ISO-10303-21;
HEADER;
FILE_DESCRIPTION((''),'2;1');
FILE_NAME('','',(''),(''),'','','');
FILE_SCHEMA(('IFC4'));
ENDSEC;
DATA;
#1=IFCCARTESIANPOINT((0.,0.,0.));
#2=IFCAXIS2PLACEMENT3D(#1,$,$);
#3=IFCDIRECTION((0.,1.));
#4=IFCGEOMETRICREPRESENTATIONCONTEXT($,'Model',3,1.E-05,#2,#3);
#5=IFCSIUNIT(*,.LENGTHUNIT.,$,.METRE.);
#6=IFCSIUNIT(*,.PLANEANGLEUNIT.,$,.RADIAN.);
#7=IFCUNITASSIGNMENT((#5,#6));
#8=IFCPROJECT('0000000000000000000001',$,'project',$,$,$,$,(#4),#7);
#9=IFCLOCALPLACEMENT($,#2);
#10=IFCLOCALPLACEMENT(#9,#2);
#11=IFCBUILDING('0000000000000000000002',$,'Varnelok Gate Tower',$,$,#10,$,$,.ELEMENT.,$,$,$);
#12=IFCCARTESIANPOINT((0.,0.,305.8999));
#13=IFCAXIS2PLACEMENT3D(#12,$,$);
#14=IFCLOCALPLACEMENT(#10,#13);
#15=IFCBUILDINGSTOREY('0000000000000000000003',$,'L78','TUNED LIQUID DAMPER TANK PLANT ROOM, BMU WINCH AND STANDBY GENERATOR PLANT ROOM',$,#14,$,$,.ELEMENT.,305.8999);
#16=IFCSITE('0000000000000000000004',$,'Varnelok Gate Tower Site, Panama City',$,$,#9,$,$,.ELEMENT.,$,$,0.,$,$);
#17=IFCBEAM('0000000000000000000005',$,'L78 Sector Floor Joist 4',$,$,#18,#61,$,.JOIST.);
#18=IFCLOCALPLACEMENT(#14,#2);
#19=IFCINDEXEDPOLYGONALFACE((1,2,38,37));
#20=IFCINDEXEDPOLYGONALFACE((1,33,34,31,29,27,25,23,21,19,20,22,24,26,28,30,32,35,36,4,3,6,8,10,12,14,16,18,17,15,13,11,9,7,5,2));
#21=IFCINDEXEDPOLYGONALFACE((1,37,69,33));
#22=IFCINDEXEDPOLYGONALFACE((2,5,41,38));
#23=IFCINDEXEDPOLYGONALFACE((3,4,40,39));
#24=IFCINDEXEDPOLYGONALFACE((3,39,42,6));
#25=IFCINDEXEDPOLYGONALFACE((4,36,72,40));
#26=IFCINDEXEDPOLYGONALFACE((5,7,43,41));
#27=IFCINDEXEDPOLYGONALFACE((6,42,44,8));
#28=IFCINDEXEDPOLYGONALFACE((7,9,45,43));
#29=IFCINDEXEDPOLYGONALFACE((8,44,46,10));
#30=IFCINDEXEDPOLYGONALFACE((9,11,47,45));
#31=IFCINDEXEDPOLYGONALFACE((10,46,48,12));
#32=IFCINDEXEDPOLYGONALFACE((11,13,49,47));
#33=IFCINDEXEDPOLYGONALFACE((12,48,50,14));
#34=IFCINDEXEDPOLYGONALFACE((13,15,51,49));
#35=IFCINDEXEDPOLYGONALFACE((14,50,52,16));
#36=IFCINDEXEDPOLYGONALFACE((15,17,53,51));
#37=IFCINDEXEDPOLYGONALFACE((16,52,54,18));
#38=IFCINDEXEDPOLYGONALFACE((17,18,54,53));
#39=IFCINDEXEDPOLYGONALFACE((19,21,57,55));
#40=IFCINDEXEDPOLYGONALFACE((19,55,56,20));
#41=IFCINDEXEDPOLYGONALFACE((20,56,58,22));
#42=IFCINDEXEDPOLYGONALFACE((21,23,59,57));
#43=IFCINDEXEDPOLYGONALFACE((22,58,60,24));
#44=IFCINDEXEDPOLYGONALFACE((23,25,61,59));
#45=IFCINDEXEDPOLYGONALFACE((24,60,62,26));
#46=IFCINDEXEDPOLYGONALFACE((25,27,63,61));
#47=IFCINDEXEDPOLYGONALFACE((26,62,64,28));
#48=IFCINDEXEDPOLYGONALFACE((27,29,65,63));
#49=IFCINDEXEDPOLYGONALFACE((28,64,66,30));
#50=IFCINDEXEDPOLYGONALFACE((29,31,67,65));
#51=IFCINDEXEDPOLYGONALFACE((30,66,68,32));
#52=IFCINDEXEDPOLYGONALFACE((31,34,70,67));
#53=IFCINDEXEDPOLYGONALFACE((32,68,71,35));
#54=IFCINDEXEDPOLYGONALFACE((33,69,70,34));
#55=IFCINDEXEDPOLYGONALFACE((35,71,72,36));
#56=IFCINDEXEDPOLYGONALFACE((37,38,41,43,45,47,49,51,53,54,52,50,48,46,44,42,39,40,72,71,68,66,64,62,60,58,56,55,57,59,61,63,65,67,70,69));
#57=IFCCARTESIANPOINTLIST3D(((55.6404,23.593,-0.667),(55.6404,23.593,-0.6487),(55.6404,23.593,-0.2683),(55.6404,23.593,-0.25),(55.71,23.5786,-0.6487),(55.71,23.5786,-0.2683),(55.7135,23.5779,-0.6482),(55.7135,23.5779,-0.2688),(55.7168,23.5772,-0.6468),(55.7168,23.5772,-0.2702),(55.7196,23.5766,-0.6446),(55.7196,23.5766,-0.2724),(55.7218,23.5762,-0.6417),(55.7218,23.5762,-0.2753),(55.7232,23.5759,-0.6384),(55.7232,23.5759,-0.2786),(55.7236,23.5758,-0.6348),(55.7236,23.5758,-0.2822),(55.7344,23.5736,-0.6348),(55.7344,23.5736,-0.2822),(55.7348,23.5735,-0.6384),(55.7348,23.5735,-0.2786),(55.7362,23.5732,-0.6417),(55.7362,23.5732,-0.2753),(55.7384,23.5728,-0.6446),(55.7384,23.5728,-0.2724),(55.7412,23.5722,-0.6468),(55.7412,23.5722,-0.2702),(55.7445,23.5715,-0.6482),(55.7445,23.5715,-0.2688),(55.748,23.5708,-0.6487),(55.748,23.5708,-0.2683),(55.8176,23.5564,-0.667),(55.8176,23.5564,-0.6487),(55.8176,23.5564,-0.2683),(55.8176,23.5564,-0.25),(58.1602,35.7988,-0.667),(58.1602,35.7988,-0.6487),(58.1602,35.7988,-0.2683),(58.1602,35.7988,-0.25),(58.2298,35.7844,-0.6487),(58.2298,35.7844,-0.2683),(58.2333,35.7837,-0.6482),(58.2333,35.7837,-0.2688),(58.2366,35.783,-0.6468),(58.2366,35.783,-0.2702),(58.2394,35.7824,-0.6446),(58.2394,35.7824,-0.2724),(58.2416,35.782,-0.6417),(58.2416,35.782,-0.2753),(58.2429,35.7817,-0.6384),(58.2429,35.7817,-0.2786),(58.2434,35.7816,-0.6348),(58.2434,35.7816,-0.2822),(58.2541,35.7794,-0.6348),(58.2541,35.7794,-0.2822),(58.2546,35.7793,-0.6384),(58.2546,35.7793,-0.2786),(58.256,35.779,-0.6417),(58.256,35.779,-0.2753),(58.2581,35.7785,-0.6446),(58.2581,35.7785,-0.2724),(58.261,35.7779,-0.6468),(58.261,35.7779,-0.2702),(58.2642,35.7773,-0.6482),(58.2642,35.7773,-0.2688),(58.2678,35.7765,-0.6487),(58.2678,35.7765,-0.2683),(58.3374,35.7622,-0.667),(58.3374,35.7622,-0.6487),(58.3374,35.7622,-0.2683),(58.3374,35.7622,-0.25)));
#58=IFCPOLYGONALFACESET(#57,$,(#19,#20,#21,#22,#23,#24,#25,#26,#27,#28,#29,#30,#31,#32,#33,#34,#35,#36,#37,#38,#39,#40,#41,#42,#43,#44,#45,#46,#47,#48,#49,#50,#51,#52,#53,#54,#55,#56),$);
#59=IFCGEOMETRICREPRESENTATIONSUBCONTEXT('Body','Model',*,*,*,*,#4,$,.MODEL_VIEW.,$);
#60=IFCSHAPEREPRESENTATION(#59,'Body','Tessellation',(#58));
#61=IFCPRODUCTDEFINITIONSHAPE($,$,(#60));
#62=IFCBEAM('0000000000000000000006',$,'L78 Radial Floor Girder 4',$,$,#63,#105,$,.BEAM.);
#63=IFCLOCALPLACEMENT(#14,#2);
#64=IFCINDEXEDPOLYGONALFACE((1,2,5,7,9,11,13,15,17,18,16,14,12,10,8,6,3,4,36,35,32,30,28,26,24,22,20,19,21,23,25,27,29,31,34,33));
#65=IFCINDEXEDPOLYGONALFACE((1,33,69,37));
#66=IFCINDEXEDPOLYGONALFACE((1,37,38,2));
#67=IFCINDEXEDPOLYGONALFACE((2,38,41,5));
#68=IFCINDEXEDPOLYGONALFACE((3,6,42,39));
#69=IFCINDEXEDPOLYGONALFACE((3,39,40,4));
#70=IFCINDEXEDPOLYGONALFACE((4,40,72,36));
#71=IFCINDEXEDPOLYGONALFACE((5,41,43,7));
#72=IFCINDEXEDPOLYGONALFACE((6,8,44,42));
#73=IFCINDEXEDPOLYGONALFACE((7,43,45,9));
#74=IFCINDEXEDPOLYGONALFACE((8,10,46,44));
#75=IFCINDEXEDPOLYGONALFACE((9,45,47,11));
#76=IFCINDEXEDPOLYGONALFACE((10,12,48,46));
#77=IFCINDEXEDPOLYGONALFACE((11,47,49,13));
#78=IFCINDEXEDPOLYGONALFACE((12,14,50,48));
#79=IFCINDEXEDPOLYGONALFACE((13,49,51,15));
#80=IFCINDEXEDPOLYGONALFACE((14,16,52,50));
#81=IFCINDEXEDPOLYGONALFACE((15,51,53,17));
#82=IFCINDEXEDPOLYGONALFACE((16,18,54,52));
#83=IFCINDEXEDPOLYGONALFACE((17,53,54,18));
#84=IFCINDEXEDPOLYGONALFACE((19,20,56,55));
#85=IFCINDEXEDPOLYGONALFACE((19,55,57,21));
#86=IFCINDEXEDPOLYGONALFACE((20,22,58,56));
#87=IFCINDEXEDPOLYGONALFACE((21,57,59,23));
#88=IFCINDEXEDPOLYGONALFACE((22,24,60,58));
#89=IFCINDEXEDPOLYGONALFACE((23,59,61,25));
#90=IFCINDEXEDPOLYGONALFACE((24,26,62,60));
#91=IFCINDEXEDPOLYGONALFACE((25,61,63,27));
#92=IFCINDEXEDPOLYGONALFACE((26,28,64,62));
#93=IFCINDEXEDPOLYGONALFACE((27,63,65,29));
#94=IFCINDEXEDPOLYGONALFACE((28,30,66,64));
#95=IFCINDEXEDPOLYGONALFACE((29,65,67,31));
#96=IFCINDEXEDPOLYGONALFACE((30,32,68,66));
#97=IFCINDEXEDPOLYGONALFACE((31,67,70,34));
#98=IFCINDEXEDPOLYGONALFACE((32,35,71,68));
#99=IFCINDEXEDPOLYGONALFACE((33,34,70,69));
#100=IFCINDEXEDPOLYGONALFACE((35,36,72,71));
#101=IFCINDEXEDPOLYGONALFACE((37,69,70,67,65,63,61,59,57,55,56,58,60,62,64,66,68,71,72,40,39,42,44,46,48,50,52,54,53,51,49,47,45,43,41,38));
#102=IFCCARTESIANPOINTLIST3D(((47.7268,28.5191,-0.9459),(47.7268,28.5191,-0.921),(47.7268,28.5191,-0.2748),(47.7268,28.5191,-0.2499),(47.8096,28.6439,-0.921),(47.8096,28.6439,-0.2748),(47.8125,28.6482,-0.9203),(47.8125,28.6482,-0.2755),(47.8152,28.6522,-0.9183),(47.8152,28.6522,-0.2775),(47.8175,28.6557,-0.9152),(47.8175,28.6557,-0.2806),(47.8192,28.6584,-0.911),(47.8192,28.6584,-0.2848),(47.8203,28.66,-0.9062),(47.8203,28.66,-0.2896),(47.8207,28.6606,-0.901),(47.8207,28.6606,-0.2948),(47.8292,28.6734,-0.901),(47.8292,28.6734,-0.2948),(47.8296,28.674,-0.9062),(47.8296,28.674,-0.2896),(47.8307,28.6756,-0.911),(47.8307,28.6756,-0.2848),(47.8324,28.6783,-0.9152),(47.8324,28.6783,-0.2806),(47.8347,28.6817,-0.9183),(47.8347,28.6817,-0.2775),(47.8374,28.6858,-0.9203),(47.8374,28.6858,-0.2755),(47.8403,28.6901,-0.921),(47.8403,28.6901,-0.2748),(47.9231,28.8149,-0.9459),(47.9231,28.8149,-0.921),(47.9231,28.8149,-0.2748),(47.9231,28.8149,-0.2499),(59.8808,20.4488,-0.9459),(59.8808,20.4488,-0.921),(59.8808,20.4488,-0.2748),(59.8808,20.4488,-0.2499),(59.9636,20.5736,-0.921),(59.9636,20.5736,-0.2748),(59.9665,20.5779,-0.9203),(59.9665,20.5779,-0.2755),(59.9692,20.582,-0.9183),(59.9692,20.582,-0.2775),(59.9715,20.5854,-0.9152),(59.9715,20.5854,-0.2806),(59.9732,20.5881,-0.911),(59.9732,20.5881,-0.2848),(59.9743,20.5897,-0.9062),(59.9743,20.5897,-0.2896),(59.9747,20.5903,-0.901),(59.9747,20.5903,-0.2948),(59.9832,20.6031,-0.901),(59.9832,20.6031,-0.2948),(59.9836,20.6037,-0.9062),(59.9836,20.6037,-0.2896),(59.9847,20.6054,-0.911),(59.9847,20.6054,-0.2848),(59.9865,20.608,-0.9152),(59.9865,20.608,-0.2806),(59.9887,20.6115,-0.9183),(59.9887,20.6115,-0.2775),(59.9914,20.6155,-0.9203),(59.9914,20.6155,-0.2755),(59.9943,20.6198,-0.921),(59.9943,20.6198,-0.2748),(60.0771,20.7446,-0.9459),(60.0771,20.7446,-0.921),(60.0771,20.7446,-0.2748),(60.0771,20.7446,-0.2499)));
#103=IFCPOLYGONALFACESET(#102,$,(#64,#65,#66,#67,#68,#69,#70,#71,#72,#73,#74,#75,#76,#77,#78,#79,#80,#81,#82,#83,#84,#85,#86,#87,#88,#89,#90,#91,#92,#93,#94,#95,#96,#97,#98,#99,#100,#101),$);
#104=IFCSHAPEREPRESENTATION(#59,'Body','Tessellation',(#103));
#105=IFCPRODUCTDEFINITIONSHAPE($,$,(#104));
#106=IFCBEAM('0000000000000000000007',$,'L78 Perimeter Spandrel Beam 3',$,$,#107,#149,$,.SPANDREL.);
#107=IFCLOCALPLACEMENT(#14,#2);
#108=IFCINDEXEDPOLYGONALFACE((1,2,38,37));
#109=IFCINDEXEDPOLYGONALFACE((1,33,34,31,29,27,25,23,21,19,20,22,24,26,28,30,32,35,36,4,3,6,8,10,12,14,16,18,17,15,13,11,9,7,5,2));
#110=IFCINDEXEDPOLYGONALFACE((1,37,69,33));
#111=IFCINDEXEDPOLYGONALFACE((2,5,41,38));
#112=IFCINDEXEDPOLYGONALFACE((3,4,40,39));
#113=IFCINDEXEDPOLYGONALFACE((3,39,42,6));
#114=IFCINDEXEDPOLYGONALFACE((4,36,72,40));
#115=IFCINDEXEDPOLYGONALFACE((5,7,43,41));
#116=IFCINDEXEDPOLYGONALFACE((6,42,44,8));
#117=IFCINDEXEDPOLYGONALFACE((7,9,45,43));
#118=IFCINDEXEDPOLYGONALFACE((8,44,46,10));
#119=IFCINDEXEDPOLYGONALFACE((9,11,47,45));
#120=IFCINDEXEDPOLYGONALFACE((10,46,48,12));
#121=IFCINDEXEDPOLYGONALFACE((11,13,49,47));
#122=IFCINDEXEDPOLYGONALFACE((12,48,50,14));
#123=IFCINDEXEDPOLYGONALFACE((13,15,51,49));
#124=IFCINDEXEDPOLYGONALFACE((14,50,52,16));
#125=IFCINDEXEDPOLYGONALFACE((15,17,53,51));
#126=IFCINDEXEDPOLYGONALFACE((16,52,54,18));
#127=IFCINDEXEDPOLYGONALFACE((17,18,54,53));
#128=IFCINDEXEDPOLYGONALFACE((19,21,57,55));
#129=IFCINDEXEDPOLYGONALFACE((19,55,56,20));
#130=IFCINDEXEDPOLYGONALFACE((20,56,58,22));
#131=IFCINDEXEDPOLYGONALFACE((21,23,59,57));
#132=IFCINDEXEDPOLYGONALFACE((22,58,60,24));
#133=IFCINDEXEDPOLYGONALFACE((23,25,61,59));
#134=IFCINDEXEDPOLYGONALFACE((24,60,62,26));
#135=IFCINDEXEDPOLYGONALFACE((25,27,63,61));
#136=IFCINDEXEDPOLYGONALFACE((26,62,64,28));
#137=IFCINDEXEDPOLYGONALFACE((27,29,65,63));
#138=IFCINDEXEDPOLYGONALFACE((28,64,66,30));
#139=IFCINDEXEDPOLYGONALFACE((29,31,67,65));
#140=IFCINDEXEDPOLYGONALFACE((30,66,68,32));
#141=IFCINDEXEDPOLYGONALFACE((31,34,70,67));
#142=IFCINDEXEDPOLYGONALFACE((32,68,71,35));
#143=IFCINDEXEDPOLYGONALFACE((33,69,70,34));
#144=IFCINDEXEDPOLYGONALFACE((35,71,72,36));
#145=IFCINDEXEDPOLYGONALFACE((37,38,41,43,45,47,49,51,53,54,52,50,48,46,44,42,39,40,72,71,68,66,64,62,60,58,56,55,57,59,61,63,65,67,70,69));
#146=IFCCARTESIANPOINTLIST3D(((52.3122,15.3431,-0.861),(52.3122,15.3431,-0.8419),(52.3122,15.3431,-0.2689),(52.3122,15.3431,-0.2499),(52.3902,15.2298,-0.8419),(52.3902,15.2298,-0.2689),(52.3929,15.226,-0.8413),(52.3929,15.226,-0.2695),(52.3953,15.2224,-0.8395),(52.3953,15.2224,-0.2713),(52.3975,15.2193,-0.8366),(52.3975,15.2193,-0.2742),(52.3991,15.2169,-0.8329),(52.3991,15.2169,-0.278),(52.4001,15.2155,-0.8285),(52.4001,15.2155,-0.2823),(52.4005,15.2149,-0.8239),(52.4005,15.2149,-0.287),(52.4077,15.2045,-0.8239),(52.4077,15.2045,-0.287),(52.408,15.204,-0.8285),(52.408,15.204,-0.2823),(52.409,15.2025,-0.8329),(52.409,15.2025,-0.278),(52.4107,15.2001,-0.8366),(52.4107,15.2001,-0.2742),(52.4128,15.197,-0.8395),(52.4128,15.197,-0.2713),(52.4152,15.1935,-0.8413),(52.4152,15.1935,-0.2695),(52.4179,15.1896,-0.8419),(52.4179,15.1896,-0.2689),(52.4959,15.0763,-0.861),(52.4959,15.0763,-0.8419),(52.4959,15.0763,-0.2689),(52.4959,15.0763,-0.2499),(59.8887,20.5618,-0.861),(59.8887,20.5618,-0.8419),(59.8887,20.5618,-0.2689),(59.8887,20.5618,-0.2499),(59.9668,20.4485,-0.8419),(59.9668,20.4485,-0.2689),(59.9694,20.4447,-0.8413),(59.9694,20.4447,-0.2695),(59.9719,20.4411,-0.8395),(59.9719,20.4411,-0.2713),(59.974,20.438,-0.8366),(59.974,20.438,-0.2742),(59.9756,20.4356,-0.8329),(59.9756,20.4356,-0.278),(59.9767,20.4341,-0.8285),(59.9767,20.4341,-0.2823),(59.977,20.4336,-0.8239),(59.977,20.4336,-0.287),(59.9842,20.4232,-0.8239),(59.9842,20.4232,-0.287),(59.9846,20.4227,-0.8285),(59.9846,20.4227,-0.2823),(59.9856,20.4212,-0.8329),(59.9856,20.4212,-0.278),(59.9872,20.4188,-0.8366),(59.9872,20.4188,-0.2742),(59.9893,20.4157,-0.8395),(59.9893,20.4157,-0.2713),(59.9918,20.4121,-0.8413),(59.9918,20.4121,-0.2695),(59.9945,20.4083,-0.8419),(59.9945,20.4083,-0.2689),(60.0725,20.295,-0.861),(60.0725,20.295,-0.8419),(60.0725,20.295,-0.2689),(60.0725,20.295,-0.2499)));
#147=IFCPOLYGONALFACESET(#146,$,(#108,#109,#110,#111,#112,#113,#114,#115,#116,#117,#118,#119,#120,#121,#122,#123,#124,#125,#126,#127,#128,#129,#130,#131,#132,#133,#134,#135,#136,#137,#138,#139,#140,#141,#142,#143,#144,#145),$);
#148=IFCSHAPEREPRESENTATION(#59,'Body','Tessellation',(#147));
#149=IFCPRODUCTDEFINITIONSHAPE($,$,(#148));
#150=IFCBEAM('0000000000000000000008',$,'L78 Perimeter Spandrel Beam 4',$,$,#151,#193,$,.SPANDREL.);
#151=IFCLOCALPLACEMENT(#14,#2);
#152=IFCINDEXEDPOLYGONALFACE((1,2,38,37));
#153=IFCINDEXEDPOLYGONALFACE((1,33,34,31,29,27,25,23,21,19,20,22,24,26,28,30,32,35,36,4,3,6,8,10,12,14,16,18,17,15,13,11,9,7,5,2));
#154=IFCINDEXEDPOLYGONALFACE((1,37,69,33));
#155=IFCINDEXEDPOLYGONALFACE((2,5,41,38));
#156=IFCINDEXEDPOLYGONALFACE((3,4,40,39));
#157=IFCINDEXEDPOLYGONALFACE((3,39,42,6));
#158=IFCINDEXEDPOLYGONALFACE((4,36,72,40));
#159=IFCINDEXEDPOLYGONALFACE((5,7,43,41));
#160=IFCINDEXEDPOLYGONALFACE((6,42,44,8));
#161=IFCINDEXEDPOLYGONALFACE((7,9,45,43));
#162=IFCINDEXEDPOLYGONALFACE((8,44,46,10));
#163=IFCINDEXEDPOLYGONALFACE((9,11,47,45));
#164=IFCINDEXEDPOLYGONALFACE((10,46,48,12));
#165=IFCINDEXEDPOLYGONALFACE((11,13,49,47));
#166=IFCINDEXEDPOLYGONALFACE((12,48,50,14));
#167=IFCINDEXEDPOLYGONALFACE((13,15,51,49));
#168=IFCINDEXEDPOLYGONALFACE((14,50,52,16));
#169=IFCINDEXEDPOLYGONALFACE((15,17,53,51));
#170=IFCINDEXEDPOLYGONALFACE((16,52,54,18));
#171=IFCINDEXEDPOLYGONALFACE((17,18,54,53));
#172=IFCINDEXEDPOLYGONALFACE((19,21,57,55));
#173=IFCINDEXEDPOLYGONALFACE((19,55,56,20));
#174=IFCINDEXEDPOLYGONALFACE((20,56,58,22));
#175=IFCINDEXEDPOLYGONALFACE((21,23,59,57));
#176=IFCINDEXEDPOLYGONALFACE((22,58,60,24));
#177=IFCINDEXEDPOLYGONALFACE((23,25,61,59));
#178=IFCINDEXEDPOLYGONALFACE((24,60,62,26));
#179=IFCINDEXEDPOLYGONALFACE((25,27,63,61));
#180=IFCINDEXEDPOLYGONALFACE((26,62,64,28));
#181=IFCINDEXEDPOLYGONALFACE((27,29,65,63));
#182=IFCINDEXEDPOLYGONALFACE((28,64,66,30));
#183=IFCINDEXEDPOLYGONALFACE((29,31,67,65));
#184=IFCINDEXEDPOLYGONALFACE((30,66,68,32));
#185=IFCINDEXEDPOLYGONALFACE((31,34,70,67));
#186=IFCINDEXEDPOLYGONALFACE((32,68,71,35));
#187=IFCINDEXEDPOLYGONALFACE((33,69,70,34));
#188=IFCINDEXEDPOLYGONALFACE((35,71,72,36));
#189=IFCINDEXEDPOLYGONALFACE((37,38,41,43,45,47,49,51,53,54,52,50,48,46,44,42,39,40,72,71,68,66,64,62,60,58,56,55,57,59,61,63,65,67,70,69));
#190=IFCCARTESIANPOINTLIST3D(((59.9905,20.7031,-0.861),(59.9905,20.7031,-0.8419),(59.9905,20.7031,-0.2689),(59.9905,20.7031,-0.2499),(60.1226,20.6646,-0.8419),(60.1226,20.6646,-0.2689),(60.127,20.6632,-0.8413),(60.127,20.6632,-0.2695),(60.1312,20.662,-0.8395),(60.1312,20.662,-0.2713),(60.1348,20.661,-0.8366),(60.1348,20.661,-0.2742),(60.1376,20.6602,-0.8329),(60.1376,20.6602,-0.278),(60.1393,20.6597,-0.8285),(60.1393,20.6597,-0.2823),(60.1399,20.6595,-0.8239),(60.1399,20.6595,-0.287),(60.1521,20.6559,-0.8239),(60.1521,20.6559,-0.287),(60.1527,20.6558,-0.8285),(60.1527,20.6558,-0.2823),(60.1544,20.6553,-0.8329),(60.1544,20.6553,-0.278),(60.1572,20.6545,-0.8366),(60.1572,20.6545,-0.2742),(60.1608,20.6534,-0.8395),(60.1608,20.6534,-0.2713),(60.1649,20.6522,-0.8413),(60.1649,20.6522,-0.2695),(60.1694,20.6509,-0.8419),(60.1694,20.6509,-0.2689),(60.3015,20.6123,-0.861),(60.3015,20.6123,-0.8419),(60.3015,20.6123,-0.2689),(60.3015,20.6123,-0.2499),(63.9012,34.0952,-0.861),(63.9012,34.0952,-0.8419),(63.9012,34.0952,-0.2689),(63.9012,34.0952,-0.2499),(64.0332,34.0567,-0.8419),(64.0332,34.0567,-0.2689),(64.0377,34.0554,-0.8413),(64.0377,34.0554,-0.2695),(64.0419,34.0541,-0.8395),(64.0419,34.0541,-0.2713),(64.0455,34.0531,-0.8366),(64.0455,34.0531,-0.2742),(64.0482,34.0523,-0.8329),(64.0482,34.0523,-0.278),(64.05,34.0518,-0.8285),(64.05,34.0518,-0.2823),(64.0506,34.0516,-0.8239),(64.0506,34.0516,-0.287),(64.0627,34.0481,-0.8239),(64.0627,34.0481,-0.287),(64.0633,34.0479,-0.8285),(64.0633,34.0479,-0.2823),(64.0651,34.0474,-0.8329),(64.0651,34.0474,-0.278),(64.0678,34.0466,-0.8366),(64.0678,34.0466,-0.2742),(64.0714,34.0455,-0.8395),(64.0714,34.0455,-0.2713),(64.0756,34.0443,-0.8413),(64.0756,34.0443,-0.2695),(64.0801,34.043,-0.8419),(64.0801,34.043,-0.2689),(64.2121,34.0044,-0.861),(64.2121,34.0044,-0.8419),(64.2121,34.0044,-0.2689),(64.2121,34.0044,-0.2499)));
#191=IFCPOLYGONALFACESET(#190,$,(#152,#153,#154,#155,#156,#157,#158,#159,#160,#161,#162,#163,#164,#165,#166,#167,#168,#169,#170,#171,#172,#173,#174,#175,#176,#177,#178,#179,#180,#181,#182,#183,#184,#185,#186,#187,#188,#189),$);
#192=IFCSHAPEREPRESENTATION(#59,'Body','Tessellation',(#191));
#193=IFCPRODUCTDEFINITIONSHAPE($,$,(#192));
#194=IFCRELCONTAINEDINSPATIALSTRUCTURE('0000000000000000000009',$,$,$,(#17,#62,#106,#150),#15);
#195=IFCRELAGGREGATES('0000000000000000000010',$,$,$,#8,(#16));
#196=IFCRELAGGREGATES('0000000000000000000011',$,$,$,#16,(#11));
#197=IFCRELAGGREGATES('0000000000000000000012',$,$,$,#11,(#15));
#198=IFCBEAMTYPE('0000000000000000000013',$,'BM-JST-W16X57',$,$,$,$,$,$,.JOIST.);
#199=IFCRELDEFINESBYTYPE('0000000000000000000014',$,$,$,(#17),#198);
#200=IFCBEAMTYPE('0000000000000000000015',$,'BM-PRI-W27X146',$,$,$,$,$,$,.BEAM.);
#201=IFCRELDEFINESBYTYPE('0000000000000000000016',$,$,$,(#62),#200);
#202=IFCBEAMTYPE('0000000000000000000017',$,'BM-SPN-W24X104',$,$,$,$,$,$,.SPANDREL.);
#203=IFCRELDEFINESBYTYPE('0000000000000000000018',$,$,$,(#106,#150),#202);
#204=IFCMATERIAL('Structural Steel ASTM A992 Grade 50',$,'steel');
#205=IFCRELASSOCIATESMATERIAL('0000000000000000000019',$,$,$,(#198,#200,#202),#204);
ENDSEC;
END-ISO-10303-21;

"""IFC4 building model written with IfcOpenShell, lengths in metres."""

from ifc_helpers import new_model, si_unit, direction, frame, origin, origin_2d, place, context, subcontext, project, spatial, i_section, extrude, material, material_profile, profile_set, type_object, element, save


model = new_model("IFC4")

# Units and contexts
model_context = context("Model", 3, precision=1e-05, world=origin(), true_north=direction((0.0, 1.0)))
body_context = subcontext(model_context, "Body", "Model", "MODEL_VIEW")
ifc_project = project(units=[si_unit("LENGTHUNIT", "METRE"), si_unit("PLANEANGLEUNIT", "RADIAN")], contexts=[model_context])

# Site, building, storey
site_placement = place(None, origin())
site = spatial("IfcSite", under=ifc_project, at=site_placement, Name="Varnelok Gate Tower Site, Panama City", CompositionType="ELEMENT", RefElevation=0.0)
building_placement = place(site_placement, origin())
building = spatial("IfcBuilding", under=site, at=building_placement, Name="Varnelok Gate Tower", CompositionType="ELEMENT")
storey_placement = place(building_placement, frame((0.0, 0.0, 305.8999)))
storey = spatial("IfcBuildingStorey", under=building, at=storey_placement, Name="L78", Description="TUNED LIQUID DAMPER TANK PLANT ROOM, BMU WINCH AND STANDBY GENERATOR PLANT ROOM", CompositionType="ELEMENT", Elevation=305.8999)

# Shared definitions
ifc_material_1 = material(Name="Structural Steel ASTM A992 Grade 50", Category="steel")

# Beams
ifc_material_profile_1 = material_profile(ifc_material_1, i_section(OverallWidth=0.1809, OverallDepth=0.417, WebThickness=0.011, FlangeThickness=0.0183, FilletRadius=0.0139, at=origin_2d()), Name="W16X57")
ifc_profile_set_1 = profile_set([ifc_material_profile_1], Name="Structural Steel ASTM A992 Grade 50")
beam_type_1 = type_object("IfcBeamType", Name="BM-JST-W16X57", PredefinedType="JOIST", material=ifc_profile_set_1)
beam_1_placement = place(storey_placement, frame((55.729, 23.5747, -0.4585), z_axis=(0.202177, 0.979349, 0.0), x_axis=(-0.979349, 0.202177, 0.0)))
element("IfcBeam", 1, at=beam_1_placement, inside=storey, type_object=beam_type_1, Name="L78 Sector Floor Joist 4", PredefinedType="JOIST", context=body_context, shape_type="SweptSolid", body=[
    extrude(i_section(OverallWidth=0.1809, OverallDepth=0.417, WebThickness=0.011, FlangeThickness=0.0183, FilletRadius=0.0139, at=origin_2d()), origin(), (0.0, 0.0, 1.0), 12.4631),
])
ifc_material_profile_2 = material_profile(ifc_material_1, i_section(OverallWidth=0.355, OverallDepth=0.696, WebThickness=0.0154, FlangeThickness=0.0249, FilletRadius=0.02, at=origin_2d()), Name="W27X146")
ifc_profile_set_2 = profile_set([ifc_material_profile_2], Name="Structural Steel ASTM A992 Grade 50")
beam_type_2 = type_object("IfcBeamType", Name="BM-PRI-W27X146", PredefinedType="BEAM", material=ifc_profile_set_2)
beam_2_placement = place(storey_placement, frame((47.825, 28.667, -0.5979), z_axis=(0.833074, -0.553162, 0.0), x_axis=(0.553162, 0.833074, 0.0)))
element("IfcBeam", 2, at=beam_2_placement, inside=storey, type_object=beam_type_2, Name="L78 Radial Floor Girder 4", PredefinedType="BEAM", context=body_context, shape_type="SweptSolid", body=[
    extrude(i_section(OverallWidth=0.355, OverallDepth=0.696, WebThickness=0.0154, FlangeThickness=0.0249, FilletRadius=0.02, at=origin_2d()), origin(), (0.0, 0.0, 1.0), 14.5894),
])
ifc_material_profile_3 = material_profile(ifc_material_1, i_section(OverallWidth=0.324, OverallDepth=0.6111, WebThickness=0.0127, FlangeThickness=0.019, FilletRadius=0.0181, at=origin_2d()), Name="W24X104")
ifc_profile_set_3 = profile_set([ifc_material_profile_3], Name="Structural Steel ASTM A992 Grade 50")
beam_type_3 = type_object("IfcBeamType", Name="BM-SPN-W24X104", PredefinedType="SPANDREL", material=ifc_profile_set_3)
beam_3_placement = place(storey_placement, frame((52.4041, 15.2097, -0.5554), z_axis=(0.823545, 0.567252, 0.0), x_axis=(-0.567252, 0.823545, 0.0)))
element("IfcBeam", 3, at=beam_3_placement, inside=storey, type_object=beam_type_3, Name="L78 Perimeter Spandrel Beam 3", PredefinedType="SPANDREL", context=body_context, shape_type="SweptSolid", body=[
    extrude(i_section(OverallWidth=0.324, OverallDepth=0.6111, WebThickness=0.0127, FlangeThickness=0.019, FilletRadius=0.0181, at=origin_2d()), origin(), (0.0, 0.0, 1.0), 9.2),
])
beam_4_placement = place(storey_placement, frame((60.146, 20.6577, -0.5554), z_axis=(0.280305, 0.959911, 0.0), x_axis=(-0.959911, 0.280305, 0.0)))
element("IfcBeam", 4, at=beam_4_placement, inside=storey, type_object=beam_type_3, Name="L78 Perimeter Spandrel Beam 4", PredefinedType="SPANDREL", context=body_context, shape_type="SweptSolid", body=[
    extrude(i_section(OverallWidth=0.324, OverallDepth=0.6111, WebThickness=0.0127, FlangeThickness=0.019, FilletRadius=0.0181, at=origin_2d()), origin(), (0.0, 0.0, 1.0), 13.9514),
])

save(model, "model.ifc")
